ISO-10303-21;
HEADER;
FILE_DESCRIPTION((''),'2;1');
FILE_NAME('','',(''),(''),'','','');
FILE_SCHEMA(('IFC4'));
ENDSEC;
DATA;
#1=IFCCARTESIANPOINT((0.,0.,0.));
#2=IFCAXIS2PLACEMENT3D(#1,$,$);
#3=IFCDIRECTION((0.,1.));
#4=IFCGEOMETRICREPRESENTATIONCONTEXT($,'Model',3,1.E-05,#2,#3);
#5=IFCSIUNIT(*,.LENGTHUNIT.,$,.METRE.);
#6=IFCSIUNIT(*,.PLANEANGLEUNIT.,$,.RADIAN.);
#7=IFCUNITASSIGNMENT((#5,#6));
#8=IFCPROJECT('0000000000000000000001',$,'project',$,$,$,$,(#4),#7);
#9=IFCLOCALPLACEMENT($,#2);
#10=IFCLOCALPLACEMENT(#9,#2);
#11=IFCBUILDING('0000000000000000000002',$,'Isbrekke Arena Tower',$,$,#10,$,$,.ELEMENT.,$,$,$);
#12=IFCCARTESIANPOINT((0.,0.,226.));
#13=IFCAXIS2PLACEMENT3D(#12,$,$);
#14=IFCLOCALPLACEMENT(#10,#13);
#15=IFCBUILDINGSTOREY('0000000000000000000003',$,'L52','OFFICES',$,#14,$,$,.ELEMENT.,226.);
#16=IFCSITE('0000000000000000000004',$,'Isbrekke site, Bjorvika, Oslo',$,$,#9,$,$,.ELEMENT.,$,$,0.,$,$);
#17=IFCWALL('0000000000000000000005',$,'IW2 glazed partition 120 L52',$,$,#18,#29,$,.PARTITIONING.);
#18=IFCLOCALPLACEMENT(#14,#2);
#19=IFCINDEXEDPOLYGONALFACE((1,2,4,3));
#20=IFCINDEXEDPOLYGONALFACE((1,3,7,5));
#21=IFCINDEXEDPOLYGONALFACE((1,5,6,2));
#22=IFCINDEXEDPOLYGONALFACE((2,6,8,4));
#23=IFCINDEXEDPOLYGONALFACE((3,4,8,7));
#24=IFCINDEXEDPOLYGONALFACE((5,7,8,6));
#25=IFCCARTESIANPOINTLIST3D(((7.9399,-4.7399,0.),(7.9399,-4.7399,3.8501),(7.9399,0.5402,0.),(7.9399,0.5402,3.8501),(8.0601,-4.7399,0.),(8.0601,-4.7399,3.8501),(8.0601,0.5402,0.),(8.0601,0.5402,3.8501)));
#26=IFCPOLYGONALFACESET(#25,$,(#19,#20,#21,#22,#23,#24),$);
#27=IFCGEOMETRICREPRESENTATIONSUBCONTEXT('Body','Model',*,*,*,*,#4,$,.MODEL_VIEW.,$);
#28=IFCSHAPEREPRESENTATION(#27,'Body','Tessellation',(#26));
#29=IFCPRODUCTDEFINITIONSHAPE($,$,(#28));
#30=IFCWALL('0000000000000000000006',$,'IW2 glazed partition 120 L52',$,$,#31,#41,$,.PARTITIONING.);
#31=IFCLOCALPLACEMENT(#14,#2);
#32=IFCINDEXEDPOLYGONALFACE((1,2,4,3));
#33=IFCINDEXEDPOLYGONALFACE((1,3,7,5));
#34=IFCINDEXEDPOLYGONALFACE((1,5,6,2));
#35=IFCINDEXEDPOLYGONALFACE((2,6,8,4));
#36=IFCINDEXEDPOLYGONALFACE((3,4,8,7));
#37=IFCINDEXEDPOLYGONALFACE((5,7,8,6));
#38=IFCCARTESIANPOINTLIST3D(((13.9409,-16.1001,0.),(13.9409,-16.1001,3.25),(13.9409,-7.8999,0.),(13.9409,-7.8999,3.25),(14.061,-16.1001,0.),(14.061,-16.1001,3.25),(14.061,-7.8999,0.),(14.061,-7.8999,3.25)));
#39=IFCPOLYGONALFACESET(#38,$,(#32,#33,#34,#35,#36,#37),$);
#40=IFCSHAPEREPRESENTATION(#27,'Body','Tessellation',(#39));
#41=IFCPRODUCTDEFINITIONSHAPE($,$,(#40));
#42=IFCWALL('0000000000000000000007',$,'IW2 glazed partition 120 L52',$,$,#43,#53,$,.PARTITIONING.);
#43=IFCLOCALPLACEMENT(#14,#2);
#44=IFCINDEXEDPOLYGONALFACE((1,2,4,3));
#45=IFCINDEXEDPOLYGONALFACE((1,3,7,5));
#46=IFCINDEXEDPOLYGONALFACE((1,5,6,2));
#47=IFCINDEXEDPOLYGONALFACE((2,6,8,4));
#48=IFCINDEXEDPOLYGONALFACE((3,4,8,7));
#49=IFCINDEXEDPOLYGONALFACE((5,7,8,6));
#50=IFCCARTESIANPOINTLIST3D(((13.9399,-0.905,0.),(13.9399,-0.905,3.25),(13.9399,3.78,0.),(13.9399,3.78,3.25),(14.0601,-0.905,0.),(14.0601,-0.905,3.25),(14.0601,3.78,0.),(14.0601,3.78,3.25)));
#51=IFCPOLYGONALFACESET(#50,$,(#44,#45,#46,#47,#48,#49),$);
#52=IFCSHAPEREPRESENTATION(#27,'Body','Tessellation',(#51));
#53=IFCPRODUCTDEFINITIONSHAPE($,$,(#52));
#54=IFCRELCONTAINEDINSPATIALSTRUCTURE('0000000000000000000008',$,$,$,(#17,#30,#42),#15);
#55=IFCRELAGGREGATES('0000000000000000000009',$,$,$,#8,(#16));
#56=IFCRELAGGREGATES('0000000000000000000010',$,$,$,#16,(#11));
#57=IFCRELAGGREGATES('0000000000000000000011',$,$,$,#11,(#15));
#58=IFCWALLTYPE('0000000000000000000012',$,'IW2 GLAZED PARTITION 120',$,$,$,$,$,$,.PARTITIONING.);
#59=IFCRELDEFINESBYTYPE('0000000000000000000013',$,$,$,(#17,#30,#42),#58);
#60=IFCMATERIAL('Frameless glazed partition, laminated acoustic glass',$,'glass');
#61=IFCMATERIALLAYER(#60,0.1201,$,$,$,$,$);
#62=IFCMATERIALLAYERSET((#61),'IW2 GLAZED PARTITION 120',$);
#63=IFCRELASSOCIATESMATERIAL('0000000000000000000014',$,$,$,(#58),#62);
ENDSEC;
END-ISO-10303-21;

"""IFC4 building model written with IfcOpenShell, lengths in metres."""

from ifc_helpers import new_model, si_unit, direction, frame, frame_2d, origin, place, context, subcontext, project, spatial, rectangle, extrude, material, layer, layer_set, type_object, element, save


model = new_model("IFC4")

# Units and contexts
model_context = context("Model", 3, precision=1e-05, world=origin(), true_north=direction((0.0, 1.0)))
body_context = subcontext(model_context, "Body", "Model", "MODEL_VIEW")
ifc_project = project(units=[si_unit("LENGTHUNIT", "METRE"), si_unit("PLANEANGLEUNIT", "RADIAN")], contexts=[model_context])

# Site, building, storey
site_placement = place(None, origin())
site = spatial("IfcSite", under=ifc_project, at=site_placement, Name="Isbrekke site, Bjorvika, Oslo", CompositionType="ELEMENT", RefElevation=0.0)
building_placement = place(site_placement, origin())
building = spatial("IfcBuilding", under=site, at=building_placement, Name="Isbrekke Arena Tower", CompositionType="ELEMENT")
storey_placement = place(building_placement, frame((0.0, 0.0, 226.0)))
storey = spatial("IfcBuildingStorey", under=building, at=storey_placement, Name="L52", Description="OFFICES", CompositionType="ELEMENT", Elevation=226.0)

# Shared definitions
ifc_material_1 = material(Name="Frameless glazed partition, laminated acoustic glass", Category="glass")
ifc_layer_1 = layer(ifc_material_1, 0.1201)
ifc_layer_set_1 = layer_set([ifc_layer_1], Name="IW2 GLAZED PARTITION 120")
wall_type_1 = type_object("IfcWallType", Name="IW2 GLAZED PARTITION 120", PredefinedType="PARTITIONING", material=ifc_layer_set_1)

# Walls
wall_1_placement = place(storey_placement, frame((8.0, -4.74, 0.0), z_axis=(0.0, 0.0, 1.0), x_axis=(0.0, 1.0, 0.0)))
element("IfcWall", 1, at=wall_1_placement, inside=storey, type_object=wall_type_1, Name="IW2 glazed partition 120 L52", PredefinedType="PARTITIONING", context=body_context, shape_type="SweptSolid", body=[
    extrude(rectangle(XDim=5.28, YDim=0.1201, at=frame_2d((2.6401, 0.0))), origin(), (0.0, 0.0, 1.0), 3.8501),
])
wall_2_placement = place(storey_placement, frame((14.001, -16.1001, 0.0), z_axis=(0.0, 0.0, 1.0), x_axis=(0.0, 1.0, 0.0)))
element("IfcWall", 2, at=wall_2_placement, inside=storey, type_object=wall_type_1, Name="IW2 glazed partition 120 L52", PredefinedType="PARTITIONING", context=body_context, shape_type="SweptSolid", body=[
    extrude(rectangle(XDim=8.2002, YDim=0.1201, at=frame_2d((4.1001, 0.0))), origin(), (0.0, 0.0, 1.0), 3.25),
])
wall_3_placement = place(storey_placement, frame((14.0, -0.905, 0.0), z_axis=(0.0, 0.0, 1.0), x_axis=(0.0, 1.0, 0.0)))
element("IfcWall", 3, at=wall_3_placement, inside=storey, type_object=wall_type_1, Name="IW2 glazed partition 120 L52", PredefinedType="PARTITIONING", context=body_context, shape_type="SweptSolid", body=[
    extrude(rectangle(XDim=4.6851, YDim=0.1201, at=frame_2d((2.3425, 0.0))), origin(), (0.0, 0.0, 1.0), 3.25),
])

save(model, "model.ifc")
